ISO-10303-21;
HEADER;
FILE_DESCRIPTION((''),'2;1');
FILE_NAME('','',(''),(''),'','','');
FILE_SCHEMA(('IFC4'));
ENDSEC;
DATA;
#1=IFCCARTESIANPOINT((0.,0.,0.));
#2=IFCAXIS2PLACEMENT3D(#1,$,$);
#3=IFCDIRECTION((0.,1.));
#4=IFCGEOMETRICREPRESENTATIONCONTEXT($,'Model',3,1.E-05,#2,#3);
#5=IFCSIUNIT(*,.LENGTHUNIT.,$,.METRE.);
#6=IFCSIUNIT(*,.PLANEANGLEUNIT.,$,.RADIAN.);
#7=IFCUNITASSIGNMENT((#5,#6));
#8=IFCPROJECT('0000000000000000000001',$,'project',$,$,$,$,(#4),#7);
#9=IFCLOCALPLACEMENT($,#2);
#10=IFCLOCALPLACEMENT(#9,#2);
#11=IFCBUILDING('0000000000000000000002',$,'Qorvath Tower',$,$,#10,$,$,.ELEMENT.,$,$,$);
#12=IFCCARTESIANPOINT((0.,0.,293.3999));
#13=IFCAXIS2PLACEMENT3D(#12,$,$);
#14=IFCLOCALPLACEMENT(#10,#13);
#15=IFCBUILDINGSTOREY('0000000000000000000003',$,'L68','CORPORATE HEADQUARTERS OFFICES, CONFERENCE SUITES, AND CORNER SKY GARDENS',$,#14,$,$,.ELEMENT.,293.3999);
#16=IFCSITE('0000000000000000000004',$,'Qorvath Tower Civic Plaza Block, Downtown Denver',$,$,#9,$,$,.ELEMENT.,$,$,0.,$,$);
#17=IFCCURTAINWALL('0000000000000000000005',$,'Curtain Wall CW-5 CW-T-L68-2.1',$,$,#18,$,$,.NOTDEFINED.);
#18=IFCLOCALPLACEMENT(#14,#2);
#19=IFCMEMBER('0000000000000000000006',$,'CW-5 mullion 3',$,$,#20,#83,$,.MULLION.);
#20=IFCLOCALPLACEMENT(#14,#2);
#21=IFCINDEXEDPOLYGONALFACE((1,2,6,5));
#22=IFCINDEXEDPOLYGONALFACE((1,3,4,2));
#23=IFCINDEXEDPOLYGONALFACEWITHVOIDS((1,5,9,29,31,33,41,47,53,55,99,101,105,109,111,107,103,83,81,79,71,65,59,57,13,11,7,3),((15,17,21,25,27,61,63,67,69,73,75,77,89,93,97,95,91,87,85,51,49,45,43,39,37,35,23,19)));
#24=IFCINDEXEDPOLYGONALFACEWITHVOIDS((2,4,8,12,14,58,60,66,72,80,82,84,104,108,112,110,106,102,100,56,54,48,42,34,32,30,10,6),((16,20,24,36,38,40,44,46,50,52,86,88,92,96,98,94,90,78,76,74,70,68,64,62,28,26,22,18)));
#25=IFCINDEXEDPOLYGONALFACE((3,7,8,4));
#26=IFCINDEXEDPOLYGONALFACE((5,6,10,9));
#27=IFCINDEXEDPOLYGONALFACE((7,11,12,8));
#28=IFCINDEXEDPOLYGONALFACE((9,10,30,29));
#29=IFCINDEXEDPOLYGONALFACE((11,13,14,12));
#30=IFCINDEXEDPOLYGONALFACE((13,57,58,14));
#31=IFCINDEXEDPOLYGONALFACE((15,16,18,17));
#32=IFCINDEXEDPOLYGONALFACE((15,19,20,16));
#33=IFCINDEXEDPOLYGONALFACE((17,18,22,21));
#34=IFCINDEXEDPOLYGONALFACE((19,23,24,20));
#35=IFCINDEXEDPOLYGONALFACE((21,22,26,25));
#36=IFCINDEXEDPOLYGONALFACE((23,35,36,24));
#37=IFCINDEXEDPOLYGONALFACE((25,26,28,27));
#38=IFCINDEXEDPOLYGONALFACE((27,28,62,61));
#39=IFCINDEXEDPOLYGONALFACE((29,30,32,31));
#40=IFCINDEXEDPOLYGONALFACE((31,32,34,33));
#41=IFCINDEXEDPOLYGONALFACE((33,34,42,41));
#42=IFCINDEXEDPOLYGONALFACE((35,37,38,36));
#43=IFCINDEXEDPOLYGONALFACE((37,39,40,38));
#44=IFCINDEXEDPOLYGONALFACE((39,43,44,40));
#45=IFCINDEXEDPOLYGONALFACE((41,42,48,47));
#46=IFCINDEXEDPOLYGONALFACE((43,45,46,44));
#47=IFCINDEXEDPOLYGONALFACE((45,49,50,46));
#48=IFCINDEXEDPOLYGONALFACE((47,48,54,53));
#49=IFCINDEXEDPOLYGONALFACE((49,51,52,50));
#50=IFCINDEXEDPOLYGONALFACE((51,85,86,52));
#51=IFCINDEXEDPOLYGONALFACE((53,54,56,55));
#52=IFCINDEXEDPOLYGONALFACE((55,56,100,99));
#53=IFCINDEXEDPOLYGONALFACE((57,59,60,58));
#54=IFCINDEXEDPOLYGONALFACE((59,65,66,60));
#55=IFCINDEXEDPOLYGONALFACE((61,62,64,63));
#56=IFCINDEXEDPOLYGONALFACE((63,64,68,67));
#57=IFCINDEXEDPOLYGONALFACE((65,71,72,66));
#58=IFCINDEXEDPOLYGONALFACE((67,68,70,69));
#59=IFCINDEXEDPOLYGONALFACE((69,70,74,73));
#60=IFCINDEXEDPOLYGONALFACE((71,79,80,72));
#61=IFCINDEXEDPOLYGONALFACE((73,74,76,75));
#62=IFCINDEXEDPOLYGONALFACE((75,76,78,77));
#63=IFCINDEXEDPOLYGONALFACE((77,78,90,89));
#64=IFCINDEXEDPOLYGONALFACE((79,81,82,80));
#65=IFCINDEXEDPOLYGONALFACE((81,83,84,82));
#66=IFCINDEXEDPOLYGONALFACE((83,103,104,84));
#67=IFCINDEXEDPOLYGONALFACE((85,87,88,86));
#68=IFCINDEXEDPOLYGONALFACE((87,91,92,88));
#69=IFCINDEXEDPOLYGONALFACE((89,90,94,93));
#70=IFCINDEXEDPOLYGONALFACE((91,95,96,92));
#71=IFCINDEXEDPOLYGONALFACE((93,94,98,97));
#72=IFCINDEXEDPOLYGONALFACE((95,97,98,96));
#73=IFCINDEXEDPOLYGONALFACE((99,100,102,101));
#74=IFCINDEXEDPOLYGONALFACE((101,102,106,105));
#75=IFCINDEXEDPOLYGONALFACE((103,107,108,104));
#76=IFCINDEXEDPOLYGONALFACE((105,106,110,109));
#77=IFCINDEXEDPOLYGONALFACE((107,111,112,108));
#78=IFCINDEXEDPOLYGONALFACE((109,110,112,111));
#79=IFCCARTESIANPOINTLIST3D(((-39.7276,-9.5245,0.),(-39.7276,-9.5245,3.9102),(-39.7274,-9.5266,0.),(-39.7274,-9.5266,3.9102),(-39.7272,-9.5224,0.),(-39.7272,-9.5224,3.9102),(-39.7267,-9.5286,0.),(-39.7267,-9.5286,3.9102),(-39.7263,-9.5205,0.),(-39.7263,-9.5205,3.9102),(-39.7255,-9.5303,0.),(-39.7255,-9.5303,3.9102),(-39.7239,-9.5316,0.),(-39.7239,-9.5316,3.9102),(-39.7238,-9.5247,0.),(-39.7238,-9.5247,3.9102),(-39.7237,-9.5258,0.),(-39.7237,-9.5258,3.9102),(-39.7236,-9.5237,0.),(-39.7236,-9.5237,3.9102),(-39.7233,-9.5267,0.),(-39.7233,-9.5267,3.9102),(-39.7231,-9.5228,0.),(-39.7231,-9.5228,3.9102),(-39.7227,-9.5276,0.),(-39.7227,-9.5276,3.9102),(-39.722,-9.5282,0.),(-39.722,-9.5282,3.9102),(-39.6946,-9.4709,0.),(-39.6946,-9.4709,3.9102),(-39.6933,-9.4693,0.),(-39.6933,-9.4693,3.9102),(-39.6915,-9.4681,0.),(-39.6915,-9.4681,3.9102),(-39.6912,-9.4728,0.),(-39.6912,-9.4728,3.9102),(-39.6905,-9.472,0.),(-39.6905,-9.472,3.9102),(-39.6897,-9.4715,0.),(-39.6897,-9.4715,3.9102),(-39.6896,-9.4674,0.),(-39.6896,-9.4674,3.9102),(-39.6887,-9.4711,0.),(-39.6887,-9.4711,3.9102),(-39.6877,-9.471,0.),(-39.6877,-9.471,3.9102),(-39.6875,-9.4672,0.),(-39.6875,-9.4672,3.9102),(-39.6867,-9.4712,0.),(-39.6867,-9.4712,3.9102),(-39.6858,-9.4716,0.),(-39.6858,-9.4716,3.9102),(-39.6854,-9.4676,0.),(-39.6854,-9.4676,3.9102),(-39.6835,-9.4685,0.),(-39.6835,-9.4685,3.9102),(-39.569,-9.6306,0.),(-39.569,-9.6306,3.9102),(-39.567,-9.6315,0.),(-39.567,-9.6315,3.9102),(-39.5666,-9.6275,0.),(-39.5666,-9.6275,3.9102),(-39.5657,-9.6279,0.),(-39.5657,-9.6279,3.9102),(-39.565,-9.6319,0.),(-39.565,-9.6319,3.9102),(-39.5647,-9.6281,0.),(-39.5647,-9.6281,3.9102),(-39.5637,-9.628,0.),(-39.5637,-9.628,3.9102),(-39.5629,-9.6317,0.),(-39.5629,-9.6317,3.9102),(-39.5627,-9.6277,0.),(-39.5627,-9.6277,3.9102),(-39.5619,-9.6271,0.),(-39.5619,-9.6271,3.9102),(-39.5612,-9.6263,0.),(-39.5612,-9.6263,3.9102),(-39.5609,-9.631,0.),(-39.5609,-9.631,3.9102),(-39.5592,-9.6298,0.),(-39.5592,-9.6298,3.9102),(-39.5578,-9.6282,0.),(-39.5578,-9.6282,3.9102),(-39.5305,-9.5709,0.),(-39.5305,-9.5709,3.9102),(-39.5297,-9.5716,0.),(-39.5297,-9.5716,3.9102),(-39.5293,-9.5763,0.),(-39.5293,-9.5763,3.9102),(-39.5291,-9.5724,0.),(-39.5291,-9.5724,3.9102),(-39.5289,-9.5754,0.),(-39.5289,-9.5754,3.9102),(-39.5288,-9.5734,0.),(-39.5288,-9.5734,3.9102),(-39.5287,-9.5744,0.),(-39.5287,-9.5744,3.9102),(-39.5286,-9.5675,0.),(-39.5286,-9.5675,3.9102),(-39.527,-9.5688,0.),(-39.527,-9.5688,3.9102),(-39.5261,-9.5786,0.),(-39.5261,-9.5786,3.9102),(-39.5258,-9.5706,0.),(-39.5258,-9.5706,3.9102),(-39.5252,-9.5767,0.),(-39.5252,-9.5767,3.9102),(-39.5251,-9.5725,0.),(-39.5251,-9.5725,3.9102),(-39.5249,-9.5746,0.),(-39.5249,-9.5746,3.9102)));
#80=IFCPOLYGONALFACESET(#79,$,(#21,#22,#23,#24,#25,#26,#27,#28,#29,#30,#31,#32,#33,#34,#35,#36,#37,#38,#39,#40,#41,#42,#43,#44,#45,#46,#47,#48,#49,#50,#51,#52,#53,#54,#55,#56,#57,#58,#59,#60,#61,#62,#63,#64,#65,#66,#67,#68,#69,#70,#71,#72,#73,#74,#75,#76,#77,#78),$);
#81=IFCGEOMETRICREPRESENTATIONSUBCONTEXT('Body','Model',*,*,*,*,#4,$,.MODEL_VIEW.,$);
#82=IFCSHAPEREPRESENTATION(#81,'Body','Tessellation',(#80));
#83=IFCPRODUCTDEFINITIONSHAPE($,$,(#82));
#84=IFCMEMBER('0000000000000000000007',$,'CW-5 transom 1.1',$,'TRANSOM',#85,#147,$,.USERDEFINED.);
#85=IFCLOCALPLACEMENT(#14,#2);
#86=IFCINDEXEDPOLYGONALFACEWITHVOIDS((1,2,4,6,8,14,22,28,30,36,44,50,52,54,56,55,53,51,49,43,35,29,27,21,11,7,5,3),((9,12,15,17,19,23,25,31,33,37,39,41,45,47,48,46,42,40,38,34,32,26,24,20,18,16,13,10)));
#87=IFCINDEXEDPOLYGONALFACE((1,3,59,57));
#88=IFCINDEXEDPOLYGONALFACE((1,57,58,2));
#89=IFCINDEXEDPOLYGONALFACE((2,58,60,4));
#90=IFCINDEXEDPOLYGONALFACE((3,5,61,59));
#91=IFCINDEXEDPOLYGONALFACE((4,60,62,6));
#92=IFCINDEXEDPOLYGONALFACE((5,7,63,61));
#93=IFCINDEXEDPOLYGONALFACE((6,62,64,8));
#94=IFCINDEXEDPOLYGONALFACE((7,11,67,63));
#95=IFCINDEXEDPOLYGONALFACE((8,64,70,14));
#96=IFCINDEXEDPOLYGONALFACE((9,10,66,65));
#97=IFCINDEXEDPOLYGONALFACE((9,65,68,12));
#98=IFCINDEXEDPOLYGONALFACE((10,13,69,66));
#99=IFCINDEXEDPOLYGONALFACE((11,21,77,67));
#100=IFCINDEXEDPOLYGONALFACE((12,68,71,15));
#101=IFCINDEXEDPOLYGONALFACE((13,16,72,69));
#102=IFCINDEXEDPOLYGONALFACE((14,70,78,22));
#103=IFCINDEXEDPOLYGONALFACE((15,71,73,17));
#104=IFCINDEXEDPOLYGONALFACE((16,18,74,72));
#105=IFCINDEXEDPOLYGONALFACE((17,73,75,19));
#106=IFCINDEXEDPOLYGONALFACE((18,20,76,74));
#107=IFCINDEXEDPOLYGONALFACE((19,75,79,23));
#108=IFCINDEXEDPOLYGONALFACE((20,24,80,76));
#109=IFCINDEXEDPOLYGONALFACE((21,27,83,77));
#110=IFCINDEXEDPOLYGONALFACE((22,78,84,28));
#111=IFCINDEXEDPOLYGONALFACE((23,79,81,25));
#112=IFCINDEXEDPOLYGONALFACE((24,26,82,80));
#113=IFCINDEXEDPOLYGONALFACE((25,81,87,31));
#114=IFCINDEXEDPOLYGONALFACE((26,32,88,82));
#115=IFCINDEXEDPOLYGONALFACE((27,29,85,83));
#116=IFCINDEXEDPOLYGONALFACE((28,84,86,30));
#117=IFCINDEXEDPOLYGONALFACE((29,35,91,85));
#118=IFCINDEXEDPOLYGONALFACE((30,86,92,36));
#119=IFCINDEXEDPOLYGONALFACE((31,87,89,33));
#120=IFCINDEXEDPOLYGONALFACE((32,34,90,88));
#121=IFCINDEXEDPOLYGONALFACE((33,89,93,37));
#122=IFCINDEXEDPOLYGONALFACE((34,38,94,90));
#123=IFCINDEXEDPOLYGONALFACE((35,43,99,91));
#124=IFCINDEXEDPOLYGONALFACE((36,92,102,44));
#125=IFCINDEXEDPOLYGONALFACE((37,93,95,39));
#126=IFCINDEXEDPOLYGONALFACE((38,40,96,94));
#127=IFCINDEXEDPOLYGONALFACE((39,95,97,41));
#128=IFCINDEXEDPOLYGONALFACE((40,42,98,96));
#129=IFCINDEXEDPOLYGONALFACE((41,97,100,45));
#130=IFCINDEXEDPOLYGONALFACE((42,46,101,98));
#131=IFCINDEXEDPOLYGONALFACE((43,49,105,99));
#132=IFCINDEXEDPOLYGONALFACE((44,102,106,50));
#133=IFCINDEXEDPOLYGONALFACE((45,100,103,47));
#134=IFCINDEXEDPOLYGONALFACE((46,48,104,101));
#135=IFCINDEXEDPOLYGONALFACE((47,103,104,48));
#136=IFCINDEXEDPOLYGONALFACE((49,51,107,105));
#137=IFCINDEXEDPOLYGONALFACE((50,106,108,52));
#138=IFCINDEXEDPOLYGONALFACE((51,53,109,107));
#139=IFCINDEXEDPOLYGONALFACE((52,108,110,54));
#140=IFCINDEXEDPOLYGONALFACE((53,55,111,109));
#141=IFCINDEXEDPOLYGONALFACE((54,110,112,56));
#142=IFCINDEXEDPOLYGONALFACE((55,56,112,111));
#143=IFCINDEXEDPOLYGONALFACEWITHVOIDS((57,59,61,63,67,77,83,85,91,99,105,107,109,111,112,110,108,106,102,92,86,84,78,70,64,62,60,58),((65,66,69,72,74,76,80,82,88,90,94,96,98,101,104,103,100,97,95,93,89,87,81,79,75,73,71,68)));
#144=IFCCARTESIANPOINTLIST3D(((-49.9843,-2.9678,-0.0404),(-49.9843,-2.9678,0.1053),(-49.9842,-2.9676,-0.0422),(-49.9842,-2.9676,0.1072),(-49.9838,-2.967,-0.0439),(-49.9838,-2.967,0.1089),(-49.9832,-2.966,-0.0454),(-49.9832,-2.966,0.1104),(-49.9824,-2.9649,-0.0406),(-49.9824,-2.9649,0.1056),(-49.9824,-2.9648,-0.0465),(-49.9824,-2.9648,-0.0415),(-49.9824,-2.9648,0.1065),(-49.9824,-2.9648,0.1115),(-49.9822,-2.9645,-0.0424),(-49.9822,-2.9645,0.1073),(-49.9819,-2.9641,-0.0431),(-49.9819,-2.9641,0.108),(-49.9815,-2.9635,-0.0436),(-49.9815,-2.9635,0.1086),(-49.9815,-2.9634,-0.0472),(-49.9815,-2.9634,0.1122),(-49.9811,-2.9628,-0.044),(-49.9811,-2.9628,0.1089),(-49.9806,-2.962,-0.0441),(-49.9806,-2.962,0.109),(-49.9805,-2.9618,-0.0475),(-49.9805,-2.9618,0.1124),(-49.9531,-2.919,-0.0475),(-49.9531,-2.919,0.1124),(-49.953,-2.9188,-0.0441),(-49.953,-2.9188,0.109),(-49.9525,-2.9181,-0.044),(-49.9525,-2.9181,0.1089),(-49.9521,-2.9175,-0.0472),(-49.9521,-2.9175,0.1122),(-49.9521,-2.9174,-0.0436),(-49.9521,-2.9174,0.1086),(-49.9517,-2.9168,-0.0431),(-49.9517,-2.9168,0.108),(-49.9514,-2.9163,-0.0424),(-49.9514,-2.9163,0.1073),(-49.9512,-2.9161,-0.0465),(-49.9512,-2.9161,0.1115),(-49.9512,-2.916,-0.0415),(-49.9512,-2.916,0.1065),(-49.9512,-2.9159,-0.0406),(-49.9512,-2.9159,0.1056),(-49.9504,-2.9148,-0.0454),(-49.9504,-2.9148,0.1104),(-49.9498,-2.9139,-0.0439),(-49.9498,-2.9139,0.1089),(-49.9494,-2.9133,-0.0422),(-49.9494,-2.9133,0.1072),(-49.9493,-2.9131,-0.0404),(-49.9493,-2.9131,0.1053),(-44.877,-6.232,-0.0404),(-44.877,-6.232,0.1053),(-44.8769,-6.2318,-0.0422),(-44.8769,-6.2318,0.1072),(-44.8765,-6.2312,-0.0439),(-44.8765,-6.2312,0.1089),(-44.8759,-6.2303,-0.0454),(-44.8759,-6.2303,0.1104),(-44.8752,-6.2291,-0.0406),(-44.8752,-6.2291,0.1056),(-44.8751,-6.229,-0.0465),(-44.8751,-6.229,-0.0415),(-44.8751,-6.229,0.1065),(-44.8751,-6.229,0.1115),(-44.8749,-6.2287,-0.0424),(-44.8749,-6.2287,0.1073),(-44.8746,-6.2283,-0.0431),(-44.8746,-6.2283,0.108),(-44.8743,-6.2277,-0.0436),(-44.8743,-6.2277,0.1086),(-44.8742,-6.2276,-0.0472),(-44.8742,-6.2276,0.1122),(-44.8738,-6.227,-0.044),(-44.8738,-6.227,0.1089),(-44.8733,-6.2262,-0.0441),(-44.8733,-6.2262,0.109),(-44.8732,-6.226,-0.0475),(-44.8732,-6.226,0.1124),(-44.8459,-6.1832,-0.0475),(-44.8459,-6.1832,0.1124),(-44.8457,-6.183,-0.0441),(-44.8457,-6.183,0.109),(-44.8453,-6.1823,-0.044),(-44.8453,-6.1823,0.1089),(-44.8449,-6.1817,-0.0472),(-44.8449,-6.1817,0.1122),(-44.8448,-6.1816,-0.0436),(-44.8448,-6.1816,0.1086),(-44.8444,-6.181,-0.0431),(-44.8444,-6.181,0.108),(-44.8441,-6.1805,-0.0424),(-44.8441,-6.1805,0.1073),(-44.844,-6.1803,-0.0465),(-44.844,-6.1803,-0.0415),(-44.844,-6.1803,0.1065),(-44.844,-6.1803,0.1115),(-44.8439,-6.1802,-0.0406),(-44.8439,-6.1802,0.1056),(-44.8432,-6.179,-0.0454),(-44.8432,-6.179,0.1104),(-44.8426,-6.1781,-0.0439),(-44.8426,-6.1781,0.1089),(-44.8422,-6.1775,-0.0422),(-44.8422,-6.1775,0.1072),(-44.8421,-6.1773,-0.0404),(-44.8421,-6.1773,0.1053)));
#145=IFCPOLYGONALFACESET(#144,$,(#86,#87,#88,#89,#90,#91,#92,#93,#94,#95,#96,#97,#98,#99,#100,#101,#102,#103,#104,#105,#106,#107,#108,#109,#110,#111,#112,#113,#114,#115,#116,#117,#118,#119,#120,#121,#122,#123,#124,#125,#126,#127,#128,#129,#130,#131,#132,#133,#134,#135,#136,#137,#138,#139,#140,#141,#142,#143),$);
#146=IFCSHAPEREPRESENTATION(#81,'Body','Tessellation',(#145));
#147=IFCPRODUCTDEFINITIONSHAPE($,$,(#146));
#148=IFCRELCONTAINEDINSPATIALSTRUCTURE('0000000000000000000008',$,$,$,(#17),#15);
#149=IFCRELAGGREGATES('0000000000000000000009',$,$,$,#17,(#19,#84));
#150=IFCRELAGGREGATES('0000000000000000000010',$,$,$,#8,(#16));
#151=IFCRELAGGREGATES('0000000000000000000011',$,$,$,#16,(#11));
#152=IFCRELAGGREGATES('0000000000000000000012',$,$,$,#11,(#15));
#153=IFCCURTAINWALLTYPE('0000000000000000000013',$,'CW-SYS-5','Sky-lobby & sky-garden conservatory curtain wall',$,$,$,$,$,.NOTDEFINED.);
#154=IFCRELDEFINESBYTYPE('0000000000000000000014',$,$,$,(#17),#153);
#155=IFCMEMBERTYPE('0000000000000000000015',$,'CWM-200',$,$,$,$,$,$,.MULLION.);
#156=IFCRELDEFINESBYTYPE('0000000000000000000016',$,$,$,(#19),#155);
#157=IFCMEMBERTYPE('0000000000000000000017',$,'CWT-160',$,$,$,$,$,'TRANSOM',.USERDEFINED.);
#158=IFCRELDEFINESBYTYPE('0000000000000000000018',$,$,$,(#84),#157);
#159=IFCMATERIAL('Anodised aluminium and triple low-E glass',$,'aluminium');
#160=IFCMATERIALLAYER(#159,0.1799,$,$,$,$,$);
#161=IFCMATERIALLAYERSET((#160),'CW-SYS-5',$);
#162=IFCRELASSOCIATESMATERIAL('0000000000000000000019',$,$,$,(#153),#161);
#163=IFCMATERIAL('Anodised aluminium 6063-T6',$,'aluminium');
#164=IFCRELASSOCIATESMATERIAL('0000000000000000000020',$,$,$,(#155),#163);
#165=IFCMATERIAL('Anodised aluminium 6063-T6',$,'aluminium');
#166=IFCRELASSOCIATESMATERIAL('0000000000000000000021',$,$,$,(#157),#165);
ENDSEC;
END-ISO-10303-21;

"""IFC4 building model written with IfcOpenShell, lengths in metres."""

from ifc_helpers import new_model, si_unit, direction, frame, origin, origin_2d, place, context, subcontext, project, spatial, hollow_rectangle, extrude, material, layer, layer_set, material_profile, profile_set, type_object, element, aggregate, save


model = new_model("IFC4")

# Units and contexts
model_context = context("Model", 3, precision=1e-05, world=origin(), true_north=direction((0.0, 1.0)))
body_context = subcontext(model_context, "Body", "Model", "MODEL_VIEW")
ifc_project = project(units=[si_unit("LENGTHUNIT", "METRE"), si_unit("PLANEANGLEUNIT", "RADIAN")], contexts=[model_context])

# Site, building, storey
site_placement = place(None, origin())
site = spatial("IfcSite", under=ifc_project, at=site_placement, Name="Qorvath Tower Civic Plaza Block, Downtown Denver", CompositionType="ELEMENT", RefElevation=0.0)
building_placement = place(site_placement, origin())
building = spatial("IfcBuilding", under=site, at=building_placement, Name="Qorvath Tower", CompositionType="ELEMENT")
storey_placement = place(building_placement, frame((0.0, 0.0, 293.3999)))
storey = spatial("IfcBuildingStorey", under=building, at=storey_placement, Name="L68", Description="CORPORATE HEADQUARTERS OFFICES, CONFERENCE SUITES, AND CORNER SKY GARDENS", CompositionType="ELEMENT", Elevation=293.3999)

# Curtain wall, members
ifc_material_1 = material(Name="Anodised aluminium and triple low-E glass", Category="aluminium")
ifc_layer_1 = layer(ifc_material_1, 0.1799)
ifc_layer_set_1 = layer_set([ifc_layer_1], Name="CW-SYS-5")
curtain_wall_type = type_object("IfcCurtainWallType", Name="CW-SYS-5", Description="Sky-lobby & sky-garden conservatory curtain wall", PredefinedType="NOTDEFINED", material=ifc_layer_set_1)
curtain_wall_placement = place(storey_placement, origin())
curtain_wall = element("IfcCurtainWall", 1, at=curtain_wall_placement, inside=storey, type_object=curtain_wall_type, Name="Curtain Wall CW-5 CW-T-L68-2.1", PredefinedType="NOTDEFINED")
ifc_material_2 = material(Name="Anodised aluminium 6063-T6", Category="aluminium")
ifc_material_profile_1 = material_profile(ifc_material_2, hollow_rectangle(XDim=0.075, YDim=0.2, WallThickness=0.0039, InnerFilletRadius=0.0039, OuterFilletRadius=0.0081, at=origin_2d()), Name="CWM 200x75")
ifc_profile_set_1 = profile_set([ifc_material_profile_1], Name="Anodised aluminium 6063-T6")
member_type_1 = type_object("IfcMemberType", Name="CWM-200", PredefinedType="MULLION", material=ifc_profile_set_1)
member_1_placement = place(storey_placement, frame((-39.6262, -9.5496, 0.0), z_axis=(0.0, 0.0, 1.0), x_axis=(0.538538, 0.842601, 0.0)))
member_1 = element("IfcMember", 2, at=member_1_placement, type_object=member_type_1, Name="CW-5 mullion 3", PredefinedType="MULLION", context=body_context, shape_type="SweptSolid", body=[
    extrude(hollow_rectangle(XDim=0.075, YDim=0.2, WallThickness=0.0039, InnerFilletRadius=0.0039, OuterFilletRadius=0.0081, at=origin_2d()), origin(), (0.0, 0.0, 1.0), 3.9102),
])
ifc_material_3 = material(Name="Anodised aluminium 6063-T6", Category="aluminium")
ifc_material_profile_2 = material_profile(ifc_material_3, hollow_rectangle(XDim=0.0649, YDim=0.1599, WallThickness=0.0034, InnerFilletRadius=0.0034, OuterFilletRadius=0.0071, at=origin_2d()), Name="CWT 160x65")
ifc_profile_set_2 = profile_set([ifc_material_profile_2], Name="Anodised aluminium 6063-T6")
member_type_2 = type_object("IfcMemberType", Name="CWT-160", ElementType="TRANSOM", PredefinedType="USERDEFINED", material=ifc_profile_set_2)
member_2_placement = place(storey_placement, frame((-49.9668, -2.9404, 0.0325), z_axis=(0.842603, -0.538535, 0.0), x_axis=(0.538535, 0.842603, 0.0)))
member_2 = element("IfcMember", 3, at=member_2_placement, type_object=member_type_2, Name="CW-5 transom 1.1", ObjectType="TRANSOM", PredefinedType="USERDEFINED", context=body_context, shape_type="SweptSolid", body=[
    extrude(hollow_rectangle(XDim=0.0649, YDim=0.1599, WallThickness=0.0034, InnerFilletRadius=0.0034, OuterFilletRadius=0.0071, at=origin_2d()), origin(), (0.0, 0.0, 1.0), 6.0613),
])
aggregate(curtain_wall, [member_1, member_2])

save(model, "model.ifc")
